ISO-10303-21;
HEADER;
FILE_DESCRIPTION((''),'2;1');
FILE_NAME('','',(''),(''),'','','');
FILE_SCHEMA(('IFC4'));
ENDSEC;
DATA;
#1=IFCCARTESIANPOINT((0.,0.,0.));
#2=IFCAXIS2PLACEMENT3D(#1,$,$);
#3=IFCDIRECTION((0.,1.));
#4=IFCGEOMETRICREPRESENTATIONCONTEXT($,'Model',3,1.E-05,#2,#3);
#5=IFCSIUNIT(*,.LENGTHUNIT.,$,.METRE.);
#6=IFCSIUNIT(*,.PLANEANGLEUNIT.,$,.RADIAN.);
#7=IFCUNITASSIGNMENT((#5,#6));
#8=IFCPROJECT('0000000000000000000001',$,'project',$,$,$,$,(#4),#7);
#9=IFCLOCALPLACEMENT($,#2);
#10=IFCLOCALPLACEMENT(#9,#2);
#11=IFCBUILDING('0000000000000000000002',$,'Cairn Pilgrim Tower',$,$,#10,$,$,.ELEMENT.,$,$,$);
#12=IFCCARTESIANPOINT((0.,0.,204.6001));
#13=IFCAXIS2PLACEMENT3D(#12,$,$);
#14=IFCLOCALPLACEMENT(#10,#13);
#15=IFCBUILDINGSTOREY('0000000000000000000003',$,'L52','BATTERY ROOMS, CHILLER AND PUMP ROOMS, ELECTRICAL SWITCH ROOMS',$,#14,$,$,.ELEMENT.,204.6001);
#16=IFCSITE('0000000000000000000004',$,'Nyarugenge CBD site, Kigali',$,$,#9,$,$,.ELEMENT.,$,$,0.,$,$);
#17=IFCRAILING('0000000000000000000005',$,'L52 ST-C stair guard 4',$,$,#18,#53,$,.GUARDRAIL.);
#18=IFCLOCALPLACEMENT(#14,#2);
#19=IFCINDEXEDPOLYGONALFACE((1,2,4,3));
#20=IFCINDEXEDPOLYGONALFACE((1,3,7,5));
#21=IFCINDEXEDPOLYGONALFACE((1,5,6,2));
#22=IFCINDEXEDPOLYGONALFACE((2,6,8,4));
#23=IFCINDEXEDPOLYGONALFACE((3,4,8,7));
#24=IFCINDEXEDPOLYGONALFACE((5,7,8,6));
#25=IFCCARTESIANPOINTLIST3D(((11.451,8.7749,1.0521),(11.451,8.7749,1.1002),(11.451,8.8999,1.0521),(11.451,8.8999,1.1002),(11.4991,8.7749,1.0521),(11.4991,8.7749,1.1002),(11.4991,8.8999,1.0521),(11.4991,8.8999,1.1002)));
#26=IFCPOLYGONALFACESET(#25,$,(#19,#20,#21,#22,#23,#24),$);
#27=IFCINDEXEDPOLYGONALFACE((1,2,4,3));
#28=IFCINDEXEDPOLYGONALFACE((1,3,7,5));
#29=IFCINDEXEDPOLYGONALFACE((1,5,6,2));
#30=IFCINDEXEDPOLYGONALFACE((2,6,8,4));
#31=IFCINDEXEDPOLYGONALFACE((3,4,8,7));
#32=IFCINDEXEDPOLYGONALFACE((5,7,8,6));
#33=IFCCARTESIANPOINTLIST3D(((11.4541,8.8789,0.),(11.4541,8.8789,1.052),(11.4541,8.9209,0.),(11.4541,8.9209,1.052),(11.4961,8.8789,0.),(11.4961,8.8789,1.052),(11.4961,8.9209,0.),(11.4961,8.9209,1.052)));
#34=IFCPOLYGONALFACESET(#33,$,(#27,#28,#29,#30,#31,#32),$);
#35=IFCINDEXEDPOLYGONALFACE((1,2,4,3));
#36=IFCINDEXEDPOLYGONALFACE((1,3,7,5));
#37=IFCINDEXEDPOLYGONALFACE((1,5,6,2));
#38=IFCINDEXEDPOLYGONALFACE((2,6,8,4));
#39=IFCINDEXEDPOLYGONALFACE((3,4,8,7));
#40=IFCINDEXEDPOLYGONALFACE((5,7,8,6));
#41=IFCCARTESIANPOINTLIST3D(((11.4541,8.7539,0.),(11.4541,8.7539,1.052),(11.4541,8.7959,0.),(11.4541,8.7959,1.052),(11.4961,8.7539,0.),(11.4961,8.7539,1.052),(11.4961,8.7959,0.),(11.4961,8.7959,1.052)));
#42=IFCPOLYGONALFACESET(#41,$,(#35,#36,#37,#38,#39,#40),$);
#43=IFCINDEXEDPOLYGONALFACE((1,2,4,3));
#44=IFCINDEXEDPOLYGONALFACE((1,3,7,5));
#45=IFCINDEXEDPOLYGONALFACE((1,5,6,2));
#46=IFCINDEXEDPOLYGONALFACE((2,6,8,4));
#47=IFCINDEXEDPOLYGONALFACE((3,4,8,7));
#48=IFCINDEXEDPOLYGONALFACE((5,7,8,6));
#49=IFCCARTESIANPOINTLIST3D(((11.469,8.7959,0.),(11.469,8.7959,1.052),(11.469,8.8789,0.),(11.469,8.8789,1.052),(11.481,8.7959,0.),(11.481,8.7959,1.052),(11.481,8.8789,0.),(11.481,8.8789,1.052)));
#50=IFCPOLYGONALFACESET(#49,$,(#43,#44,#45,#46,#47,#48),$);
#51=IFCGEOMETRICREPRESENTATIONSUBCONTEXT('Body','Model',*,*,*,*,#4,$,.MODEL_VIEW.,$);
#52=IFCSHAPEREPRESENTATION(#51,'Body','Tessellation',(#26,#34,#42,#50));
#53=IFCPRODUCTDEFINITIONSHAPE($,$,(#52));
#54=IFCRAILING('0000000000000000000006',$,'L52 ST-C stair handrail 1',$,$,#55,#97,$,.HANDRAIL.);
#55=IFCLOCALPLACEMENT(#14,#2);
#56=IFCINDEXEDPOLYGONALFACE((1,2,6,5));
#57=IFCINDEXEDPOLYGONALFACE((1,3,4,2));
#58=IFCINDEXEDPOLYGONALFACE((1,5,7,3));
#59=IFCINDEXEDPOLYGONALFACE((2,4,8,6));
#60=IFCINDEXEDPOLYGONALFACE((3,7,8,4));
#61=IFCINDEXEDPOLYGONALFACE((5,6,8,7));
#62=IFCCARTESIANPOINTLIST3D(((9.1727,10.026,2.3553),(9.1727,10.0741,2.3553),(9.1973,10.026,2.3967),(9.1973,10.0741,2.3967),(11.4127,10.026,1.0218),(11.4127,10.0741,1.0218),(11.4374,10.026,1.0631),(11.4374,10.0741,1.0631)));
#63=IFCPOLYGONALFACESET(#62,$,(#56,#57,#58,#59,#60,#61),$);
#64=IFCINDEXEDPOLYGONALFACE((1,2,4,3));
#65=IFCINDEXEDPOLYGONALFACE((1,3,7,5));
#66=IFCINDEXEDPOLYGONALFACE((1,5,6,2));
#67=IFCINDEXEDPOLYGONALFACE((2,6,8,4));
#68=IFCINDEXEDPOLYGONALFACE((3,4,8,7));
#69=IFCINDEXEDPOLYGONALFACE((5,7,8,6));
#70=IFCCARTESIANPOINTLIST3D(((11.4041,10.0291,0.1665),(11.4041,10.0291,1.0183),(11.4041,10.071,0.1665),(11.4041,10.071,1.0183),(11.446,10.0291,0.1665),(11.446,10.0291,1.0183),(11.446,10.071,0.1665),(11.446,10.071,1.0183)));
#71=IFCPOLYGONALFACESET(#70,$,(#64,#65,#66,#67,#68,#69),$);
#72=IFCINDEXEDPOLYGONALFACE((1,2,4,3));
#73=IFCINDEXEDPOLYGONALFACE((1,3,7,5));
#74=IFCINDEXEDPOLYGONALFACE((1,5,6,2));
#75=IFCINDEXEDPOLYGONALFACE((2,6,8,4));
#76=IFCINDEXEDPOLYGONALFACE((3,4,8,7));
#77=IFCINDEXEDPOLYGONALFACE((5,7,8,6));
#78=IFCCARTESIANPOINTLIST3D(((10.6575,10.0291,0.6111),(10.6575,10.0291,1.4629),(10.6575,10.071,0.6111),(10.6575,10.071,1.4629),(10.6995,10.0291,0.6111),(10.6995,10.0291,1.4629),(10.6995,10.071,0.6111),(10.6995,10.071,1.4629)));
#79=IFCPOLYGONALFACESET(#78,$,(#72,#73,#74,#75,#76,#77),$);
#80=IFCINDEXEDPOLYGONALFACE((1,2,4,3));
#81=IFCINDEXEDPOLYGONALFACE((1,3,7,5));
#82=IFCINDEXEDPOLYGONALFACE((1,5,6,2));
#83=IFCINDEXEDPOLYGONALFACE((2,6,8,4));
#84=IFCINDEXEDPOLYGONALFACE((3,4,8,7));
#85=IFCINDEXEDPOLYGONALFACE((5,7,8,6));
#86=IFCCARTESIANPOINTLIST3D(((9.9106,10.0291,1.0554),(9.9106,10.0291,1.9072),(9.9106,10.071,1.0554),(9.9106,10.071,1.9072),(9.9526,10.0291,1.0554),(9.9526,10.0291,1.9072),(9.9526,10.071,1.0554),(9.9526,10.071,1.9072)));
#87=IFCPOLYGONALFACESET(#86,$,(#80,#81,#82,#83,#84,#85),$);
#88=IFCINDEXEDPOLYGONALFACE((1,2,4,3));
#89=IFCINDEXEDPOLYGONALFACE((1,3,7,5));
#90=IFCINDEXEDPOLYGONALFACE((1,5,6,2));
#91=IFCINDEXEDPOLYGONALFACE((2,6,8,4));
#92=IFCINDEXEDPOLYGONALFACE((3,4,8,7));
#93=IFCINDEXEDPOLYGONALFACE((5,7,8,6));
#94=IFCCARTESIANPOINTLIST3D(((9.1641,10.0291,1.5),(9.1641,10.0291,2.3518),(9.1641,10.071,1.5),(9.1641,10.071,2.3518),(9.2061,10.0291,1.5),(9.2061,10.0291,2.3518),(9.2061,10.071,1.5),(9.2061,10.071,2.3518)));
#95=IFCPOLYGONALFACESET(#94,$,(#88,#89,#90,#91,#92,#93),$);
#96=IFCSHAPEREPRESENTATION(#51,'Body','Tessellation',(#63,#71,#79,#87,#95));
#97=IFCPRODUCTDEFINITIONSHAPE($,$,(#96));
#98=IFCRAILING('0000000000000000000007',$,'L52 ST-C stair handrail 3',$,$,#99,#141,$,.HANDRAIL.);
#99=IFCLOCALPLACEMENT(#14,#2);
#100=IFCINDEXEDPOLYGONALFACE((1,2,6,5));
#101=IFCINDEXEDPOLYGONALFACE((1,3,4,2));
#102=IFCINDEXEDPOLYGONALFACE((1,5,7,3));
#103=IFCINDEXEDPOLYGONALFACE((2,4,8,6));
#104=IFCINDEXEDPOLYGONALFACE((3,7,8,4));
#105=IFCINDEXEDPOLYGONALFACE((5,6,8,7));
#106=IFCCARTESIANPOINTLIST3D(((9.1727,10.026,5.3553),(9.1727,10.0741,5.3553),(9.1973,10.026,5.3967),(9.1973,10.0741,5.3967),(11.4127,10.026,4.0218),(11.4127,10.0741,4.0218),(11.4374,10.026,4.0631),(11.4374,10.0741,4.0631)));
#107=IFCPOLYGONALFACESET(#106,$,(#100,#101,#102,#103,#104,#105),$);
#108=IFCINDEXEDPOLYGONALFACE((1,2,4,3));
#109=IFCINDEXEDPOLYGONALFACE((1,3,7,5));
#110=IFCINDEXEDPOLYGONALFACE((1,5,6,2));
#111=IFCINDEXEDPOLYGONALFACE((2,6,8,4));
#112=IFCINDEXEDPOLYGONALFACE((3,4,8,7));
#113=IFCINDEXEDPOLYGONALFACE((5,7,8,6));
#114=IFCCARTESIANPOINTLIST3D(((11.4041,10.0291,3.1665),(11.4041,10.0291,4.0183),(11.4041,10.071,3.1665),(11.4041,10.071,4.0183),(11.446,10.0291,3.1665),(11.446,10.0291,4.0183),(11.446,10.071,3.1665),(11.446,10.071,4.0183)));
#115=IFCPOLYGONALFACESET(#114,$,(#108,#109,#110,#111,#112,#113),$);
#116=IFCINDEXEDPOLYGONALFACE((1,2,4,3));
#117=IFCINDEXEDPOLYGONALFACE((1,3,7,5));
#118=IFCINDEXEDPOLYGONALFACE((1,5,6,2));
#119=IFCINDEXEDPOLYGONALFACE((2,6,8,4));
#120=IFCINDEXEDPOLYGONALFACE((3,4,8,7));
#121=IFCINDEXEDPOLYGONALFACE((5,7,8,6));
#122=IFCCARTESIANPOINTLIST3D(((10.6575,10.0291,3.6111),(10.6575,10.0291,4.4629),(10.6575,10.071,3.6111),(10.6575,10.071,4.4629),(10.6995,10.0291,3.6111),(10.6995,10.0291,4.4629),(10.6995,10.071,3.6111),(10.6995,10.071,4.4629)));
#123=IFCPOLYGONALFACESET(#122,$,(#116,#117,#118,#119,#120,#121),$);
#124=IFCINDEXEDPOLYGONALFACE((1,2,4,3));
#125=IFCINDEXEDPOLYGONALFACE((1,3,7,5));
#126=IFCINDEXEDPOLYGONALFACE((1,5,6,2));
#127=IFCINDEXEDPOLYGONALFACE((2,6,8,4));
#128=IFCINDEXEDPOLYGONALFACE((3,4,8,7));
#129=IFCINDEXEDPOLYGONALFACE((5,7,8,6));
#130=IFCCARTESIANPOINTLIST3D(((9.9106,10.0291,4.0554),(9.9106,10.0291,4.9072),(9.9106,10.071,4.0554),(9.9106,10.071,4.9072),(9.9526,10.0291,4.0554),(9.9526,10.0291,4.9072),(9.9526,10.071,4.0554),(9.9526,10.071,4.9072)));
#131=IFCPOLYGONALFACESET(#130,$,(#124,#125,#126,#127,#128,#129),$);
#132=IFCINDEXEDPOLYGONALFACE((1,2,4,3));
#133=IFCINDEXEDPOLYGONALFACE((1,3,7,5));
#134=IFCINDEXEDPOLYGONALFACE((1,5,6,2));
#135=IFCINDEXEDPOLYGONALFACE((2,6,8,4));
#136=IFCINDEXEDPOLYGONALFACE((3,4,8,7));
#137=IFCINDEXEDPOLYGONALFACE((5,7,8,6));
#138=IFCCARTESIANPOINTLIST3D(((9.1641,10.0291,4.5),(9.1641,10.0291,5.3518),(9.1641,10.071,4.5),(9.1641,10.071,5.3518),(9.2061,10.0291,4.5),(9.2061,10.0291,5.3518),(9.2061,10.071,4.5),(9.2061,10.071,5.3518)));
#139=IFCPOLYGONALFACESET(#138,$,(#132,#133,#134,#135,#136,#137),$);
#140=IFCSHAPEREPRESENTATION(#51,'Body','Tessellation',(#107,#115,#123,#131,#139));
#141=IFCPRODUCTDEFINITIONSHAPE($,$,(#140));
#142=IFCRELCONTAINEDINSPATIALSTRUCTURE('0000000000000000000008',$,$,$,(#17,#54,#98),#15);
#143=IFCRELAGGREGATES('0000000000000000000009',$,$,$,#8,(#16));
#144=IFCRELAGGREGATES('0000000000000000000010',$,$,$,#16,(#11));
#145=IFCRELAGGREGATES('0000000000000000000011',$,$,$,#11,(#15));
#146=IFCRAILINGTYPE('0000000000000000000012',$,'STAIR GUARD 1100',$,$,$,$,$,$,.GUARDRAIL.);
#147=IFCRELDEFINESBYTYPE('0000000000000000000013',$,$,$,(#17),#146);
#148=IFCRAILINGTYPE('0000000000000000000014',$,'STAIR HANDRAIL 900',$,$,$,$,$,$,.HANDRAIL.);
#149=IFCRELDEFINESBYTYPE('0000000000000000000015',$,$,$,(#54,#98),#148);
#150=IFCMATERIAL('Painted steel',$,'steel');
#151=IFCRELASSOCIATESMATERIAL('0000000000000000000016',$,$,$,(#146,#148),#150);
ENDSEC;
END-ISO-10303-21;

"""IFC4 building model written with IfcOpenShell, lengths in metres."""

from ifc_helpers import new_model, si_unit, direction, frame, origin, origin_2d, place, context, subcontext, project, spatial, polyline, rectangle, outline, extrude, material, type_object, element, save


model = new_model("IFC4")

# Units and contexts
model_context = context("Model", 3, precision=1e-05, world=origin(), true_north=direction((0.0, 1.0)))
body_context = subcontext(model_context, "Body", "Model", "MODEL_VIEW")
ifc_project = project(units=[si_unit("LENGTHUNIT", "METRE"), si_unit("PLANEANGLEUNIT", "RADIAN")], contexts=[model_context])

# Site, building, storey
site_placement = place(None, origin())
site = spatial("IfcSite", under=ifc_project, at=site_placement, Name="Nyarugenge CBD site, Kigali", CompositionType="ELEMENT", RefElevation=0.0)
building_placement = place(site_placement, origin())
building = spatial("IfcBuilding", under=site, at=building_placement, Name="Cairn Pilgrim Tower", CompositionType="ELEMENT")
storey_placement = place(building_placement, frame((0.0, 0.0, 204.6001)))
storey = spatial("IfcBuildingStorey", under=building, at=storey_placement, Name="L52", Description="BATTERY ROOMS, CHILLER AND PUMP ROOMS, ELECTRICAL SWITCH ROOMS", CompositionType="ELEMENT", Elevation=204.6001)

# Railings
ifc_material_1 = material(Name="Painted steel", Category="steel")
railing_type_1 = type_object("IfcRailingType", Name="STAIR GUARD 1100", PredefinedType="GUARDRAIL", material=ifc_material_1)
railing_1_placement = place(storey_placement, frame((11.4751, 8.8999, 0.0)))
element("IfcRailing", 1, at=railing_1_placement, inside=storey, type_object=railing_type_1, Name="L52 ST-C stair guard 4", PredefinedType="GUARDRAIL", context=body_context, shape_type="SweptSolid", body=[
    extrude(rectangle(XDim=0.0481, YDim=0.0481, at=origin_2d()), frame((0.0, 0.0, 1.0762), z_axis=(0.0, -1.0, 0.0), x_axis=(1.0, 0.0, 0.0)), (0.0, 0.0, 1.0), 0.125),
    extrude(rectangle(XDim=0.042, YDim=0.042, at=origin_2d()), origin(), (0.0, 0.0, 1.0), 1.052),
    extrude(rectangle(XDim=0.042, YDim=0.042, at=origin_2d()), frame((0.0, -0.125, 0.0)), (0.0, 0.0, 1.0), 1.052),
    extrude(outline(polyline([(0.021, 0.0), (0.104, 0.0), (0.104, 1.052), (0.021, 1.052), (0.021, 0.0)])), frame((0.0059, 0.0, 0.0), z_axis=(-1.0, 0.0, 0.0), x_axis=(0.0, -1.0, 0.0)), (0.0, 0.0, 1.0), 0.012),
])
railing_type_2 = type_object("IfcRailingType", Name="STAIR HANDRAIL 900", PredefinedType="HANDRAIL", material=ifc_material_1)
for number, where, name in (
    (2, (11.425, 10.05, 0.1665), "L52 ST-C stair handrail 1"),
    (3, (11.425, 10.05, 3.1665), "L52 ST-C stair handrail 3"),
):
    element("IfcRailing", number, at=place(storey_placement, frame(where)), inside=storey, type_object=railing_type_2, Name=name, PredefinedType="HANDRAIL", context=body_context, shape_type="SweptSolid", body=[
        extrude(rectangle(XDim=0.0481, YDim=0.0481, at=origin_2d()), frame((0.0, 0.0, 0.876), z_axis=(-0.859264, 0.0, 0.511532), x_axis=(0.0, -1.0, 0.0)), (0.0, 0.0, 1.0), 2.6069),
        extrude(rectangle(XDim=0.042, YDim=0.042, at=origin_2d()), origin(), (0.0, 0.0, 1.0), 0.8518),
        extrude(rectangle(XDim=0.042, YDim=0.042, at=origin_2d()), frame((-0.7466, 0.0, 0.4446)), (0.0, 0.0, 1.0), 0.8518),
        extrude(rectangle(XDim=0.042, YDim=0.042, at=origin_2d()), frame((-1.4934, 0.0, 0.8889)), (0.0, 0.0, 1.0), 0.8518),
        extrude(rectangle(XDim=0.042, YDim=0.042, at=origin_2d()), frame((-2.24, 0.0, 1.3335)), (0.0, 0.0, 1.0), 0.8518),
    ])

save(model, "model.ifc")
